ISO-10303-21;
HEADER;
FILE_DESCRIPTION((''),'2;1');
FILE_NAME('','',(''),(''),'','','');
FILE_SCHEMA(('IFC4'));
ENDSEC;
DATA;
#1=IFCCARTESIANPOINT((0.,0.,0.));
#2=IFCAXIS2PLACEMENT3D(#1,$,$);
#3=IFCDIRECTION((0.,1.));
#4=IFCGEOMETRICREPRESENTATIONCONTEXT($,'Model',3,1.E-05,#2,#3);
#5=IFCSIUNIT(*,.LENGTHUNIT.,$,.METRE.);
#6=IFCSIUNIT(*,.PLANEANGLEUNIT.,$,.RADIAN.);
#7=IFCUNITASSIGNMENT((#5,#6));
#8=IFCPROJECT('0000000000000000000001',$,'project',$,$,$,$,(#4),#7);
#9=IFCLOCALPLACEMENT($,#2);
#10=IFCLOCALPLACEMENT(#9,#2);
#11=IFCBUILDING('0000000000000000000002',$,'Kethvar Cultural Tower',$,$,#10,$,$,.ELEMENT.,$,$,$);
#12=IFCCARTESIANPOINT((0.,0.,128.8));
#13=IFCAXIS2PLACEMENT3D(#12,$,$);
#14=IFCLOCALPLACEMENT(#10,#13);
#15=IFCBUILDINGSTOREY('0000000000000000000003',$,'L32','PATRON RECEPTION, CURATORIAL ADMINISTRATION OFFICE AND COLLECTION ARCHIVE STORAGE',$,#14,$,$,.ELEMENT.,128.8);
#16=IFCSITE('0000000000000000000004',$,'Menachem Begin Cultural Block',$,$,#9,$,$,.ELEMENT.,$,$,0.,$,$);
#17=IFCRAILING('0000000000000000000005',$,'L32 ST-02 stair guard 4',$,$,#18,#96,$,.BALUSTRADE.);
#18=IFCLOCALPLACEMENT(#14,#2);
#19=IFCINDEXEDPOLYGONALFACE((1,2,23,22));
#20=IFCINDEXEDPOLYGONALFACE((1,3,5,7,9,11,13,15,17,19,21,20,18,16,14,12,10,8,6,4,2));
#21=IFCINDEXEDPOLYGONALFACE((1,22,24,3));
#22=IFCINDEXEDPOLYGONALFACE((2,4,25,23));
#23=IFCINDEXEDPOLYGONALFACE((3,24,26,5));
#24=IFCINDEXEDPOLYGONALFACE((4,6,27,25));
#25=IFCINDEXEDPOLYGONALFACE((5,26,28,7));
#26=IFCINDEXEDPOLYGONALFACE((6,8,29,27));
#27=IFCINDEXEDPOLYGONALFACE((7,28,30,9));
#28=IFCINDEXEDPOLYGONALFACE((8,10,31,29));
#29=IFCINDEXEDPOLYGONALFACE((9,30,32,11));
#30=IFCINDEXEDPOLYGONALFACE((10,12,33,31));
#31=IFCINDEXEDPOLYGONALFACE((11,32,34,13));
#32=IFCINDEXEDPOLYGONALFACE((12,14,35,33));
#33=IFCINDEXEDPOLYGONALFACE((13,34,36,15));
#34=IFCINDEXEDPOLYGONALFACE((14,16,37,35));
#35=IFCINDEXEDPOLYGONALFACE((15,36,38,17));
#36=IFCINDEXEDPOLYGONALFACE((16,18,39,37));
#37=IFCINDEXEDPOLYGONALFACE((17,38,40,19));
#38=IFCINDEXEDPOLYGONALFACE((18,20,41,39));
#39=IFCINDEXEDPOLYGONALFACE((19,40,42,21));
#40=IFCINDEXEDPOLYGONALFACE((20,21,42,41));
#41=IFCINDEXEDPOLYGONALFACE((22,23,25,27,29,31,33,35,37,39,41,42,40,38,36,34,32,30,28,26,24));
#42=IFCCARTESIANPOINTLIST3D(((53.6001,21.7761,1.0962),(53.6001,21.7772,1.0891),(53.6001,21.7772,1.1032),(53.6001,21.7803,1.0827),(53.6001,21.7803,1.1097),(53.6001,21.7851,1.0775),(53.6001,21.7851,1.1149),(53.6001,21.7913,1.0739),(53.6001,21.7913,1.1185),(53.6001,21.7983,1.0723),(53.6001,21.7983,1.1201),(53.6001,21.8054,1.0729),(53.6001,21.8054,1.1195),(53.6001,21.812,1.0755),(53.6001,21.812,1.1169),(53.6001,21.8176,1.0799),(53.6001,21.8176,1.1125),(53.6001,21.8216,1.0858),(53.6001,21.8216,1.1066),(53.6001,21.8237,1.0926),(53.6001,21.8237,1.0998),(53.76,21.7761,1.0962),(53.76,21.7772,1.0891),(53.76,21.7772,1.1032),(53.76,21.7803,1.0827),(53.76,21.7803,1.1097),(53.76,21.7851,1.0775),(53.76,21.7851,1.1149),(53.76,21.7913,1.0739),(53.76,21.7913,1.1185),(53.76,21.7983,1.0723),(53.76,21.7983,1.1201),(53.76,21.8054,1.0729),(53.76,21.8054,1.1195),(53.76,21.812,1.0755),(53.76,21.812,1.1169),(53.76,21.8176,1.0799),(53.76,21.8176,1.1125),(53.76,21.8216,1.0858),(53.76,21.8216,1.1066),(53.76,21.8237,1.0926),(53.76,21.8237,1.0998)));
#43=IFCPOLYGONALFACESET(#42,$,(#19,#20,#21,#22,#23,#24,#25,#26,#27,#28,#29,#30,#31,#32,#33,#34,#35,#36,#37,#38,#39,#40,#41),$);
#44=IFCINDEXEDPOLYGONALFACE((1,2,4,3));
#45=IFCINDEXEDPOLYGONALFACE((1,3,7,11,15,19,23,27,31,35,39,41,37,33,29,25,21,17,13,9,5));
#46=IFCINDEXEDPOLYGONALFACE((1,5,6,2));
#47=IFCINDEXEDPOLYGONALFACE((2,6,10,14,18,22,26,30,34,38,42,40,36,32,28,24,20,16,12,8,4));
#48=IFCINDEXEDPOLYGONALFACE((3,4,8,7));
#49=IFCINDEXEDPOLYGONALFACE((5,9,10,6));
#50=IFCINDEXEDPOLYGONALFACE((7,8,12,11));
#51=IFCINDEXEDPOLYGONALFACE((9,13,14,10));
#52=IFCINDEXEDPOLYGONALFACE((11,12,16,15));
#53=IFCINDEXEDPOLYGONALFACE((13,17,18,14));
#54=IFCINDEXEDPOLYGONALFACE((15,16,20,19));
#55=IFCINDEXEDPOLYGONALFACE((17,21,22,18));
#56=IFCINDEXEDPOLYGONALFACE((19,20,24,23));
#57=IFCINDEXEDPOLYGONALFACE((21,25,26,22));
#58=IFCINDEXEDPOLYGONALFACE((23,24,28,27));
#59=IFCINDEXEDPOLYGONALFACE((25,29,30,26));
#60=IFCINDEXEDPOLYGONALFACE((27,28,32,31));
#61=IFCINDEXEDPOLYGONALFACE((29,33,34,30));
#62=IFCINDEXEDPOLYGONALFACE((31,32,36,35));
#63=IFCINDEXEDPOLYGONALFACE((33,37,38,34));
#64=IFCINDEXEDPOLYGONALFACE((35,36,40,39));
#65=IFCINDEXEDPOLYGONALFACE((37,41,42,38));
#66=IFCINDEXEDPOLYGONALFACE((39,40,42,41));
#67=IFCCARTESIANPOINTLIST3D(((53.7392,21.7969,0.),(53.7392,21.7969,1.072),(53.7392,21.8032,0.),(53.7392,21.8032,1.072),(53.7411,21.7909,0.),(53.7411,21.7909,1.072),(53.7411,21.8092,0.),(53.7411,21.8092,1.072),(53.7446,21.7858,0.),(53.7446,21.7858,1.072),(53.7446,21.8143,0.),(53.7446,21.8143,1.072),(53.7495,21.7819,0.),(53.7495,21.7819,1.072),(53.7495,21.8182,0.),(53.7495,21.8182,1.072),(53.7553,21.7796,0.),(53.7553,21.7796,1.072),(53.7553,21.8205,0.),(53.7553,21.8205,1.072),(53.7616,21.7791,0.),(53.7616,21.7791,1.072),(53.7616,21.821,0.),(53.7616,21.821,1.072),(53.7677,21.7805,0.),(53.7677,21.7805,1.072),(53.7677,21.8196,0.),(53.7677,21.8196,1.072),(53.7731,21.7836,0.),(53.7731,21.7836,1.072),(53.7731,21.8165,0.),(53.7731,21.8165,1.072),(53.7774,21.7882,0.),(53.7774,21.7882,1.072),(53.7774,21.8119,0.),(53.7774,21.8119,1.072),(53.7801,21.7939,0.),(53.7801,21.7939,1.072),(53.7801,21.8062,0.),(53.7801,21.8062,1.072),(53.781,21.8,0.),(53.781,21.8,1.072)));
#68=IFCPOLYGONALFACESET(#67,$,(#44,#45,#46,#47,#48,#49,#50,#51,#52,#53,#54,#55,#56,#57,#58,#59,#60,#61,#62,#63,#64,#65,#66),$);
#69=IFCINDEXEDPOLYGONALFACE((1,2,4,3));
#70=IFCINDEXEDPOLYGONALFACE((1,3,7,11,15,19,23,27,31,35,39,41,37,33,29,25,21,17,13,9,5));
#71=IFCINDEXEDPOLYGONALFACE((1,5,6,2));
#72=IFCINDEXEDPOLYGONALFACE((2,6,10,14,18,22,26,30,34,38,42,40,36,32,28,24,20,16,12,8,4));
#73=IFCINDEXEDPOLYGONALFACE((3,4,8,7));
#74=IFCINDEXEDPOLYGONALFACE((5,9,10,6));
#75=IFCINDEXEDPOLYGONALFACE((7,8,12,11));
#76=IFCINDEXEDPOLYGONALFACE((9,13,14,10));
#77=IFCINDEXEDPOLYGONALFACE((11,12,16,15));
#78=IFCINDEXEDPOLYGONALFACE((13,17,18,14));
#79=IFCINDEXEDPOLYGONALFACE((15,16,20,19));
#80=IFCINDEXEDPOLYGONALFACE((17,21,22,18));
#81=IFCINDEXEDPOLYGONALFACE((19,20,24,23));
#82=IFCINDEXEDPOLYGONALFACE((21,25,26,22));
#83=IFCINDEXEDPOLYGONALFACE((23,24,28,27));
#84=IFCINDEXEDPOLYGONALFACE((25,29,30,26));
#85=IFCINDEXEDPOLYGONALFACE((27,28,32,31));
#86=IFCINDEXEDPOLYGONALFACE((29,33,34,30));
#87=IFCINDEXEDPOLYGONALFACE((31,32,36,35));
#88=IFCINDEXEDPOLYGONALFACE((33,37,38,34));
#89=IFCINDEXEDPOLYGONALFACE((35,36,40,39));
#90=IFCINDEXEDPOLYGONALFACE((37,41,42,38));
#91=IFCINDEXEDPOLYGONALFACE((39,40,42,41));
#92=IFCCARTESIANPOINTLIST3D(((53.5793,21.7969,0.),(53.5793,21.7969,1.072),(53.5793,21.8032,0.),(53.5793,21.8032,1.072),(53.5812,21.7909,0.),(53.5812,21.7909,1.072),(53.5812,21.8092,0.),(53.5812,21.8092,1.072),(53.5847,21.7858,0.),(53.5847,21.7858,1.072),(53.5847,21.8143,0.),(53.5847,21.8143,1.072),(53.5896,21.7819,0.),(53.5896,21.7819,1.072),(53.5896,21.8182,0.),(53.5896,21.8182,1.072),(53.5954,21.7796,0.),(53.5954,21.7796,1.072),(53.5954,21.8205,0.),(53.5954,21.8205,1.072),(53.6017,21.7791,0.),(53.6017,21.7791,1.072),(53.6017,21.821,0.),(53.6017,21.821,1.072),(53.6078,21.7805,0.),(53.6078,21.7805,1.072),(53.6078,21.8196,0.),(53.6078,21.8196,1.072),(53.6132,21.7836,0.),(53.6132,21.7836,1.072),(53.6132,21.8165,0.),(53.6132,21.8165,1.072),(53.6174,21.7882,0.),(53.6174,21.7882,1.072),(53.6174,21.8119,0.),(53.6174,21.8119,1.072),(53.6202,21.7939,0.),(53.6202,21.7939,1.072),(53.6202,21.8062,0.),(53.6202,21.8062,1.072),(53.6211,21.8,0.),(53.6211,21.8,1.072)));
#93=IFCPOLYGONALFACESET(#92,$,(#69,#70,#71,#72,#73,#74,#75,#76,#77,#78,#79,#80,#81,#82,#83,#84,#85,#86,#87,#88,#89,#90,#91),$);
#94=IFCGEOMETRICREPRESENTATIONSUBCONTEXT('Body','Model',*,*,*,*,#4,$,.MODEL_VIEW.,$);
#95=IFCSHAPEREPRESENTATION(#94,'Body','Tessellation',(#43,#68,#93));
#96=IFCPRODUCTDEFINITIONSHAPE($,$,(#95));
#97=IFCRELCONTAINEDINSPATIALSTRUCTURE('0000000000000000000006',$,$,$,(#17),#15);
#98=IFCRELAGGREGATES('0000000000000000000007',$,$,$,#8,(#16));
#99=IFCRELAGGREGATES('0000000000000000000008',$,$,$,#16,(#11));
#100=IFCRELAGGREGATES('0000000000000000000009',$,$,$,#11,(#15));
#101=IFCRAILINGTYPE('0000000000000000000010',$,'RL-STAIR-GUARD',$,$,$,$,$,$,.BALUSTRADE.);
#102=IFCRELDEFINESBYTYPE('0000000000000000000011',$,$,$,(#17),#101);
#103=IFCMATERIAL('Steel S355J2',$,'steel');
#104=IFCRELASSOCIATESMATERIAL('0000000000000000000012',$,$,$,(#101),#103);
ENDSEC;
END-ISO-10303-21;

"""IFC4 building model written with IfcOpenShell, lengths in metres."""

from ifc_helpers import new_model, si_unit, direction, frame, origin, origin_2d, place, context, subcontext, project, spatial, circle, extrude, material, type_object, element, save


model = new_model("IFC4")

# Units and contexts
model_context = context("Model", 3, precision=1e-05, world=origin(), true_north=direction((0.0, 1.0)))
body_context = subcontext(model_context, "Body", "Model", "MODEL_VIEW")
ifc_project = project(units=[si_unit("LENGTHUNIT", "METRE"), si_unit("PLANEANGLEUNIT", "RADIAN")], contexts=[model_context])

# Site, building, storey
site_placement = place(None, origin())
site = spatial("IfcSite", under=ifc_project, at=site_placement, Name="Menachem Begin Cultural Block", CompositionType="ELEMENT", RefElevation=0.0)
building_placement = place(site_placement, origin())
building = spatial("IfcBuilding", under=site, at=building_placement, Name="Kethvar Cultural Tower", CompositionType="ELEMENT")
storey_placement = place(building_placement, frame((0.0, 0.0, 128.8)))
storey = spatial("IfcBuildingStorey", under=building, at=storey_placement, Name="L32", Description="PATRON RECEPTION, CURATORIAL ADMINISTRATION OFFICE AND COLLECTION ARCHIVE STORAGE", CompositionType="ELEMENT", Elevation=128.8)

# Shared definitions
ifc_material_1 = material(Name="Steel S355J2", Category="steel")

# Railing
railing_type_1 = type_object("IfcRailingType", Name="RL-STAIR-GUARD", PredefinedType="BALUSTRADE", material=ifc_material_1)
railing_1_placement = place(storey_placement, frame((53.76, 21.8, 0.0)))
element("IfcRailing", 1, at=railing_1_placement, inside=storey, type_object=railing_type_1, Name="L32 ST-02 stair guard 4", PredefinedType="BALUSTRADE", context=body_context, shape_type="SweptSolid", body=[
    extrude(circle(Radius=0.0239, at=origin_2d()), frame((0.0, 0.0, 1.0962), z_axis=(-1.0, 0.0, 0.0), x_axis=(0.0, -1.0, 0.0)), (0.0, 0.0, 1.0), 0.1599),
    extrude(circle(Radius=0.021, at=origin_2d()), origin(), (0.0, 0.0, 1.0), 1.072),
    extrude(circle(Radius=0.021, at=origin_2d()), frame((-0.1599, 0.0, 0.0)), (0.0, 0.0, 1.0), 1.072),
])

save(model, "model.ifc")
